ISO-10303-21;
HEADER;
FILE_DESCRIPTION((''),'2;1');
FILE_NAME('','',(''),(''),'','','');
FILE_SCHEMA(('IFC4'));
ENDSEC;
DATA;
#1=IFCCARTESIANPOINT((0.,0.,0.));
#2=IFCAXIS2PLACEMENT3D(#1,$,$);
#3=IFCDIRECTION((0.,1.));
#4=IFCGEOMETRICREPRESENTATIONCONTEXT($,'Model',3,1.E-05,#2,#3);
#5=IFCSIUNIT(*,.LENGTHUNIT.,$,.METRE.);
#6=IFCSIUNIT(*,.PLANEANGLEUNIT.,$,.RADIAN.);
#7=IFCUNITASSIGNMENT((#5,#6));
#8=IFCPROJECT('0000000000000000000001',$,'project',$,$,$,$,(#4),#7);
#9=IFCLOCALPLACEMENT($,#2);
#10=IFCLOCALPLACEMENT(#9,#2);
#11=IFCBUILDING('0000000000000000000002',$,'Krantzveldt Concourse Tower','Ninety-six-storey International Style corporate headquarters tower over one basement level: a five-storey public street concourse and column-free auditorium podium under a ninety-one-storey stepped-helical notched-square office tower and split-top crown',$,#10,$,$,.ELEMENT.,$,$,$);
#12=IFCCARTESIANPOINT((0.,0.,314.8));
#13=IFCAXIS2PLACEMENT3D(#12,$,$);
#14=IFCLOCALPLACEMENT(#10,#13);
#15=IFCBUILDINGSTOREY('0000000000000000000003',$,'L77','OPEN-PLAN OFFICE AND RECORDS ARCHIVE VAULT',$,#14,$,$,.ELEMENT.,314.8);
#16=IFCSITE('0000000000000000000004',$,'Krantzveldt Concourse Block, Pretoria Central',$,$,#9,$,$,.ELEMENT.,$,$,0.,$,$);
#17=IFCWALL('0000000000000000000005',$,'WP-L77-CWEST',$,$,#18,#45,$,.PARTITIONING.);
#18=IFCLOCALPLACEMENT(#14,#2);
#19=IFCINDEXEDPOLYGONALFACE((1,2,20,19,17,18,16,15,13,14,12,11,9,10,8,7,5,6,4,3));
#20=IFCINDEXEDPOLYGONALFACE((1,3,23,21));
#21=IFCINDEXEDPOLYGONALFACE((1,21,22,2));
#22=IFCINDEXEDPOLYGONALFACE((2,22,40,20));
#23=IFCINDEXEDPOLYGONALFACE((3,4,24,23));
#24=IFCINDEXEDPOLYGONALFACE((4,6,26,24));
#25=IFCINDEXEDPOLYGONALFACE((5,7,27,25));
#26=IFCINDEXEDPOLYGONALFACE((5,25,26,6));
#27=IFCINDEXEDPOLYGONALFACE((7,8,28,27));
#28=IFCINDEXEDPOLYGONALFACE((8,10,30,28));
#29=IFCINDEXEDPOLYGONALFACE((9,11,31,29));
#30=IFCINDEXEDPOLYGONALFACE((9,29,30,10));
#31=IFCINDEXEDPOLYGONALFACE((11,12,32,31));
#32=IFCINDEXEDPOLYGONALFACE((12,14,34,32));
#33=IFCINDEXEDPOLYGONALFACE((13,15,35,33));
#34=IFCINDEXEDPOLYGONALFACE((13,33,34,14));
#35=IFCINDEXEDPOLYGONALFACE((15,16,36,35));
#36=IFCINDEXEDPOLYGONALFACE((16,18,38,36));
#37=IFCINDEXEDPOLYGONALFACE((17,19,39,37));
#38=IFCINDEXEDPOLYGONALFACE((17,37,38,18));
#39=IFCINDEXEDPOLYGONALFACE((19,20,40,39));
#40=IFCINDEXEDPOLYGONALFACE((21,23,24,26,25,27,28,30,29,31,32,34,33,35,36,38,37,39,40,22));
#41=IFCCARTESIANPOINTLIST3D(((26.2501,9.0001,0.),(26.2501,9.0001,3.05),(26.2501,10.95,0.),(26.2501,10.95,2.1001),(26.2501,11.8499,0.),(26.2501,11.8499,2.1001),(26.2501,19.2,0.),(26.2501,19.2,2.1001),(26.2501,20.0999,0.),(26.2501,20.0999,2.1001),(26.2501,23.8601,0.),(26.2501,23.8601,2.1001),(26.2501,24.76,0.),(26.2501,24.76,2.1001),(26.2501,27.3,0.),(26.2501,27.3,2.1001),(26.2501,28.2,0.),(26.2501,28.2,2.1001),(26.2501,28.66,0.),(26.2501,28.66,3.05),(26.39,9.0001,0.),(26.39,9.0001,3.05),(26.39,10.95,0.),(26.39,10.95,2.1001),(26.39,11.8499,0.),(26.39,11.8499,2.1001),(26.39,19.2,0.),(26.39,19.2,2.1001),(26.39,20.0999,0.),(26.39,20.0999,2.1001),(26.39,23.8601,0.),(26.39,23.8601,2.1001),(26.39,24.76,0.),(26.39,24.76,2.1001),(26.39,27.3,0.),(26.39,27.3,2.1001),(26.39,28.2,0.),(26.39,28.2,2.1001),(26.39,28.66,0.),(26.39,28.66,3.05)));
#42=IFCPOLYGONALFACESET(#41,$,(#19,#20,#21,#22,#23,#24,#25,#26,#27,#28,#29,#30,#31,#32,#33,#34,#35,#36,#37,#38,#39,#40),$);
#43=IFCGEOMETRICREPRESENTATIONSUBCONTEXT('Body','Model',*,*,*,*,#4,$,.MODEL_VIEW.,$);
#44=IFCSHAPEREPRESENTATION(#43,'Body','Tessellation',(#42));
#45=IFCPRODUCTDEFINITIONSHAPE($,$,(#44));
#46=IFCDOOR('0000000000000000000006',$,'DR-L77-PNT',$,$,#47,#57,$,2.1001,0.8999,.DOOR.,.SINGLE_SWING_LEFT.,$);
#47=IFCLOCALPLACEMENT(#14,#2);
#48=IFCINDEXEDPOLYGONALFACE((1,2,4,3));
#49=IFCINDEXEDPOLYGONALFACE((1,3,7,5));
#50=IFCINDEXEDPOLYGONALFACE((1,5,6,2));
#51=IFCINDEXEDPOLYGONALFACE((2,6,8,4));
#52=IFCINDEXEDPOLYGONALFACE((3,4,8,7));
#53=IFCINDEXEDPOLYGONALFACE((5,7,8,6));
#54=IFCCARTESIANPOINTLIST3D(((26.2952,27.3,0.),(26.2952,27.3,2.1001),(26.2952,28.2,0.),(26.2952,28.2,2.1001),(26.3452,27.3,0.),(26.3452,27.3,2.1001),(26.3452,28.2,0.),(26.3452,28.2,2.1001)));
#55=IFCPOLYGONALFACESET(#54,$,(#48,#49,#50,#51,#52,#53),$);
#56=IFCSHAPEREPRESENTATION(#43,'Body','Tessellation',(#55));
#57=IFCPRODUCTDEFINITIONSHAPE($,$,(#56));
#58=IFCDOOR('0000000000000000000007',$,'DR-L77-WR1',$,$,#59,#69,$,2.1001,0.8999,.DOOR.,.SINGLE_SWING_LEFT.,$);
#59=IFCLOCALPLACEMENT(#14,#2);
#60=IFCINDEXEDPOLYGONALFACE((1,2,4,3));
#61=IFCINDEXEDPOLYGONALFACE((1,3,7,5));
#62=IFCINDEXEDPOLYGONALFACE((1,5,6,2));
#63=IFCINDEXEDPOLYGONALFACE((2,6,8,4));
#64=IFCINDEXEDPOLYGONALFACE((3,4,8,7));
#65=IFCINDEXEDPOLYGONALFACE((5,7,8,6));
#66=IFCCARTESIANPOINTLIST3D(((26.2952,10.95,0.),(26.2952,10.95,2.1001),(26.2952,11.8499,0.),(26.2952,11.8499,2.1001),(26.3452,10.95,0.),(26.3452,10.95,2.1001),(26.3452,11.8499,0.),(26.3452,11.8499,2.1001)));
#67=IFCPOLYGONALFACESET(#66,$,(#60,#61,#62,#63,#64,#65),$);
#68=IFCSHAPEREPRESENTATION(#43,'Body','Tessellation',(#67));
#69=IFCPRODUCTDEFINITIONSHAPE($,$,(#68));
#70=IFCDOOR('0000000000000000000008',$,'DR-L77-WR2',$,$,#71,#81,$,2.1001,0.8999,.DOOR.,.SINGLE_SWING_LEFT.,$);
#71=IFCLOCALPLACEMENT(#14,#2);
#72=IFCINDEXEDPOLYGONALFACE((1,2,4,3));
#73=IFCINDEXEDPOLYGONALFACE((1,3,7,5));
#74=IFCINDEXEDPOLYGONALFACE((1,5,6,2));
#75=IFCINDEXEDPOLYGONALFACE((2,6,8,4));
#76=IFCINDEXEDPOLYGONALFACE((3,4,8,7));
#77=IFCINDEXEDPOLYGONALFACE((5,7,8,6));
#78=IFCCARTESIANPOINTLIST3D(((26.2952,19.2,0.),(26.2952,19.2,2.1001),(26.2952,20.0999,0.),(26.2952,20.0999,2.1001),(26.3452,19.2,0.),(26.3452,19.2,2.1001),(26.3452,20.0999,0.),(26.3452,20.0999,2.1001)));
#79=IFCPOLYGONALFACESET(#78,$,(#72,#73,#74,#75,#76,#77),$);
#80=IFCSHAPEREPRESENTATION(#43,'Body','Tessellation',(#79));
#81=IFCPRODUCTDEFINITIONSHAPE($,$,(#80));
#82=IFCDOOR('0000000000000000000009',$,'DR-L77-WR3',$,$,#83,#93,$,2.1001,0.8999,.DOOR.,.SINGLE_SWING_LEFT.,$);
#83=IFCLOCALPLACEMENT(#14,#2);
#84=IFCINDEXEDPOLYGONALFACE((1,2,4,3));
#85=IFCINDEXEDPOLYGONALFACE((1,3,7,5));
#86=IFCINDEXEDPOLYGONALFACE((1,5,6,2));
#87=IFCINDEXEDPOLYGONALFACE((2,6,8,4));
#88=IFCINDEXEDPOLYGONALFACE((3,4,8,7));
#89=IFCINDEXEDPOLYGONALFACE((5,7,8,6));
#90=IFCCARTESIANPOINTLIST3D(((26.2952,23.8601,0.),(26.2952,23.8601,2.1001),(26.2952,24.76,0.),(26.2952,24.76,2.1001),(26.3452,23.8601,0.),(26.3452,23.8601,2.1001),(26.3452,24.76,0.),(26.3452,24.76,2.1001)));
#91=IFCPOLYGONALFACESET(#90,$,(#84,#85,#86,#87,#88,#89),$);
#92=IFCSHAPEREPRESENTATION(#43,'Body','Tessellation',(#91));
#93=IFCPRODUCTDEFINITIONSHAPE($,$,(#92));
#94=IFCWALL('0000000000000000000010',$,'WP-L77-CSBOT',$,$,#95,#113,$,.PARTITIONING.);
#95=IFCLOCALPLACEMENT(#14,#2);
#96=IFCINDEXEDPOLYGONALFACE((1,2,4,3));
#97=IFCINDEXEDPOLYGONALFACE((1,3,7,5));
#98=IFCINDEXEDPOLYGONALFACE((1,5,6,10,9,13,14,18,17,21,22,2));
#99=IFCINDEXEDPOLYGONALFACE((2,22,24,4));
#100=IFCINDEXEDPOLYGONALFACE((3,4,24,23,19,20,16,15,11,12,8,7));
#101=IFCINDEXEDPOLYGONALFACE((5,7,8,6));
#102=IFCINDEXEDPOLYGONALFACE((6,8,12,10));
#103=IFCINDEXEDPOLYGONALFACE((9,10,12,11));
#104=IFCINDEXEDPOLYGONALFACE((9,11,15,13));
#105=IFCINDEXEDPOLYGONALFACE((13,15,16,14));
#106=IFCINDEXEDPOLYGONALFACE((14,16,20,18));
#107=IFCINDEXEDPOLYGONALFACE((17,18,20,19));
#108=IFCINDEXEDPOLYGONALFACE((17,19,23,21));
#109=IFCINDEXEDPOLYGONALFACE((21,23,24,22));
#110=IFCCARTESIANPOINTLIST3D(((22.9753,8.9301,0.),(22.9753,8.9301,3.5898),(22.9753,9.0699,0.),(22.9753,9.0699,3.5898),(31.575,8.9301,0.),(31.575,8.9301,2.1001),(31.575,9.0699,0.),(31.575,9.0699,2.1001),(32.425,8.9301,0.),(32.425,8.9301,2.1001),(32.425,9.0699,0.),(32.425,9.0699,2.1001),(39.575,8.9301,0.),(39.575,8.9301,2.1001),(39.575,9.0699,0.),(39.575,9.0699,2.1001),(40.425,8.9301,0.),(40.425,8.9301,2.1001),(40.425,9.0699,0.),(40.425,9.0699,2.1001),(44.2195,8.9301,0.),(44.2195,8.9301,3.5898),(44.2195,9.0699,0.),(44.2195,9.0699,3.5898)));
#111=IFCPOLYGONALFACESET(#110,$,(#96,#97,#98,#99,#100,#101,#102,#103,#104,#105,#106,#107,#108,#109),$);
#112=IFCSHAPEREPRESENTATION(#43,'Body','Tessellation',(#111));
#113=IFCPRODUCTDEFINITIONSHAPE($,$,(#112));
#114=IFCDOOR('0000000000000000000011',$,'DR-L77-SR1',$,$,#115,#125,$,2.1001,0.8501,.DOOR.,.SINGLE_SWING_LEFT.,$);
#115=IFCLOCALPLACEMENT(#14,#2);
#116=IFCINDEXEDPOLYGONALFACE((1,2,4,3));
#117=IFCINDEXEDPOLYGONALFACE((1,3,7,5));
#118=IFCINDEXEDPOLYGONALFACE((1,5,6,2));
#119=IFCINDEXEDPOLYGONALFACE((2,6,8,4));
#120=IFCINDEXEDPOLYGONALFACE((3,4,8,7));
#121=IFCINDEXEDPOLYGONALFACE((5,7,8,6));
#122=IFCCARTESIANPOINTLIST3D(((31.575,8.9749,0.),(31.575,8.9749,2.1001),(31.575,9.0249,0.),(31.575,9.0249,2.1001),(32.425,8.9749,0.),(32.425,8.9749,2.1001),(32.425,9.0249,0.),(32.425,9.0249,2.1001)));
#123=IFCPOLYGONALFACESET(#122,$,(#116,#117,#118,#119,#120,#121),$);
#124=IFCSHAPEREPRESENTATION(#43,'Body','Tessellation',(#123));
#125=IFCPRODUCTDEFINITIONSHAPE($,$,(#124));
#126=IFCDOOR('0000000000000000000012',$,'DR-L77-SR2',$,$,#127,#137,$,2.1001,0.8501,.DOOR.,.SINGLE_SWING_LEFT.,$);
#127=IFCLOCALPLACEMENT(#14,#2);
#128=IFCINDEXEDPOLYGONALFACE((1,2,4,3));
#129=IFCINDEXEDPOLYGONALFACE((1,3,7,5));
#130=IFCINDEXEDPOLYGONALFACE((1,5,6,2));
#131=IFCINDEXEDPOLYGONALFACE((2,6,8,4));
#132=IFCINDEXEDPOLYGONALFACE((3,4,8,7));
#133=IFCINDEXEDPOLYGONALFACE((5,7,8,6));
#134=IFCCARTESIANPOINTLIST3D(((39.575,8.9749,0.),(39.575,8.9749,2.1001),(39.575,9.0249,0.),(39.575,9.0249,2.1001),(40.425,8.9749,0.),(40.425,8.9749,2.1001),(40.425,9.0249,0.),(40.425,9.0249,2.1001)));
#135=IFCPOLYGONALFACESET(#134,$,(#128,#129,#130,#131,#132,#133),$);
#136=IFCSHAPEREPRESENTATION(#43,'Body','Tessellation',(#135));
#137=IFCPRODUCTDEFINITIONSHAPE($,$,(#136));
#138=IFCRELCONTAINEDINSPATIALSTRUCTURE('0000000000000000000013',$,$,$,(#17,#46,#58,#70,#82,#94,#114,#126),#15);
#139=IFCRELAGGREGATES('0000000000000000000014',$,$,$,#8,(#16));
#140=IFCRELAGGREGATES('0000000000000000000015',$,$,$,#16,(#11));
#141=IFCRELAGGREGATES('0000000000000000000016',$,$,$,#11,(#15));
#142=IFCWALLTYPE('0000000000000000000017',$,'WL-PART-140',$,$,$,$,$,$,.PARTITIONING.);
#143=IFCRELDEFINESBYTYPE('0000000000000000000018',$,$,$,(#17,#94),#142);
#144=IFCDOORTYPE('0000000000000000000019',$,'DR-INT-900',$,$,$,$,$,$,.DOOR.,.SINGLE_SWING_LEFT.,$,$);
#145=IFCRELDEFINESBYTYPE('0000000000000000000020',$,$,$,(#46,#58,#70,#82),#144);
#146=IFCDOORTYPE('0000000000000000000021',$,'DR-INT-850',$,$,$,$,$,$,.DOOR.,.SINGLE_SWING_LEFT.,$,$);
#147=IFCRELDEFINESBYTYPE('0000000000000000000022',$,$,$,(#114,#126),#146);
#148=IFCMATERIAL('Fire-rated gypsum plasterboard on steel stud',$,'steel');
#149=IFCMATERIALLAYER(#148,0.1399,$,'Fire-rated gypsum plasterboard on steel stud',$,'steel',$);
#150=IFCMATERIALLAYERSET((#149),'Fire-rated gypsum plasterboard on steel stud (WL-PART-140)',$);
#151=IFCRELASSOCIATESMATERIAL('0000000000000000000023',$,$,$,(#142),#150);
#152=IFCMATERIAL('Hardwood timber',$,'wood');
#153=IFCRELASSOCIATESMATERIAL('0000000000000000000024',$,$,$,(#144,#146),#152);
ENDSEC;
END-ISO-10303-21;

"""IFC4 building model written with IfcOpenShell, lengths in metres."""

from ifc_helpers import new_model, si_unit, direction, frame, frame_2d, origin, place, context, subcontext, project, spatial, rectangle, extrude, material, layer, layer_set, type_object, element, fill, save


model = new_model("IFC4")

# Units and contexts
model_context = context("Model", 3, precision=1e-05, world=origin(), true_north=direction((0.0, 1.0)))
body_context = subcontext(model_context, "Body", "Model", "MODEL_VIEW")
ifc_project = project(units=[si_unit("LENGTHUNIT", "METRE"), si_unit("PLANEANGLEUNIT", "RADIAN")], contexts=[model_context])

# Site, building, storey
site_placement = place(None, origin())
site = spatial("IfcSite", under=ifc_project, at=site_placement, Name="Krantzveldt Concourse Block, Pretoria Central", CompositionType="ELEMENT", RefElevation=0.0)
building_placement = place(site_placement, origin())
building = spatial("IfcBuilding", under=site, at=building_placement, Name="Krantzveldt Concourse Tower", Description="Ninety-six-storey International Style corporate headquarters tower over one basement level: a five-storey public street concourse and column-free auditorium podium under a ninety-one-storey stepped-helical notched-square office tower and split-top crown", CompositionType="ELEMENT")
storey_placement = place(building_placement, frame((0.0, 0.0, 314.8)))
storey = spatial("IfcBuildingStorey", under=building, at=storey_placement, Name="L77", Description="OPEN-PLAN OFFICE AND RECORDS ARCHIVE VAULT", CompositionType="ELEMENT", Elevation=314.8)

# Shared definitions
ifc_material_1 = material(Name="Fire-rated gypsum plasterboard on steel stud", Category="steel")

# Walls, openings, doors
ifc_layer_1 = layer(ifc_material_1, 0.1399, Name="Fire-rated gypsum plasterboard on steel stud", Category="steel")
ifc_layer_set_1 = layer_set([ifc_layer_1], Name="Fire-rated gypsum plasterboard on steel stud (WL-PART-140)")
wall_type_1 = type_object("IfcWallType", Name="WL-PART-140", PredefinedType="PARTITIONING", material=ifc_layer_set_1)
wall_1_placement = place(storey_placement, frame((26.3201, 9.0, 0.0), z_axis=(0.0, 0.0, 1.0), x_axis=(0.0, 1.0, 0.0)))
wall_1 = element("IfcWall", 1, at=wall_1_placement, inside=storey, type_object=wall_type_1, Name="WP-L77-CWEST", PredefinedType="PARTITIONING", context=body_context, shape_type="SweptSolid", body=[
    extrude(rectangle(XDim=19.6599, YDim=0.1399, at=frame_2d((9.8301, 0.0))), origin(), (0.0, 0.0, 1.0), 3.05),
])
opening_1_placement = place(wall_1_placement, frame((18.3, 0.0, 0.0)))
opening_1 = element("IfcOpeningElement", 2, at=opening_1_placement, cuts=wall_1, PredefinedType="OPENING", context=body_context, shape_type="SweptSolid", body=[
    extrude(rectangle(XDim=0.8999, YDim=2.1001, at=frame_2d((0.45, 1.05))), frame((0.0, 0.0801, 0.0), z_axis=(0.0, -1.0, 0.0), x_axis=(1.0, 0.0, 0.0)), (0.0, 0.0, 1.0), 0.1599),
])
opening_2_placement = place(wall_1_placement, frame((1.95, 0.0, 0.0)))
opening_2 = element("IfcOpeningElement", 3, at=opening_2_placement, cuts=wall_1, PredefinedType="OPENING", context=body_context, shape_type="SweptSolid", body=[
    extrude(rectangle(XDim=0.8999, YDim=2.1001, at=frame_2d((0.45, 1.05))), frame((0.0, 0.0801, 0.0), z_axis=(0.0, -1.0, 0.0), x_axis=(1.0, 0.0, 0.0)), (0.0, 0.0, 1.0), 0.1599),
])
opening_3_placement = place(wall_1_placement, frame((10.2, 0.0, 0.0)))
opening_3 = element("IfcOpeningElement", 4, at=opening_3_placement, cuts=wall_1, PredefinedType="OPENING", context=body_context, shape_type="SweptSolid", body=[
    extrude(rectangle(XDim=0.8999, YDim=2.1001, at=frame_2d((0.45, 1.05))), frame((0.0, 0.0801, 0.0), z_axis=(0.0, -1.0, 0.0), x_axis=(1.0, 0.0, 0.0)), (0.0, 0.0, 1.0), 0.1599),
])
opening_4_placement = place(wall_1_placement, frame((14.8601, 0.0, 0.0)))
opening_4 = element("IfcOpeningElement", 5, at=opening_4_placement, cuts=wall_1, PredefinedType="OPENING", context=body_context, shape_type="SweptSolid", body=[
    extrude(rectangle(XDim=0.8999, YDim=2.1001, at=frame_2d((0.45, 1.05))), frame((0.0, 0.0801, 0.0), z_axis=(0.0, -1.0, 0.0), x_axis=(1.0, 0.0, 0.0)), (0.0, 0.0, 1.0), 0.1599),
])
ifc_material_2 = material(Name="Hardwood timber", Category="wood")
door_type_1 = type_object("IfcDoorType", Name="DR-INT-900", OperationType="SINGLE_SWING_LEFT", PredefinedType="DOOR", material=ifc_material_2)
door_1_placement = place(opening_1_placement, origin())
door_1 = element("IfcDoor", 6, at=door_1_placement, inside=storey, type_object=door_type_1, Name="DR-L77-PNT", OperationType="SINGLE_SWING_LEFT", OverallHeight=2.1001, OverallWidth=0.8999, PredefinedType="DOOR", context=body_context, shape_type="SweptSolid", body=[
    extrude(rectangle(XDim=0.8999, YDim=2.1001, at=frame_2d((0.45, 1.05))), frame((0.0, 0.0249, 0.0), z_axis=(0.0, -1.0, 0.0), x_axis=(1.0, 0.0, 0.0)), (0.0, 0.0, 1.0), 0.05),
])
fill(opening_1, door_1)
door_2_placement = place(opening_2_placement, origin())
door_2 = element("IfcDoor", 7, at=door_2_placement, inside=storey, type_object=door_type_1, Name="DR-L77-WR1", OperationType="SINGLE_SWING_LEFT", OverallHeight=2.1001, OverallWidth=0.8999, PredefinedType="DOOR", context=body_context, shape_type="SweptSolid", body=[
    extrude(rectangle(XDim=0.8999, YDim=2.1001, at=frame_2d((0.45, 1.05))), frame((0.0, 0.0249, 0.0), z_axis=(0.0, -1.0, 0.0), x_axis=(1.0, 0.0, 0.0)), (0.0, 0.0, 1.0), 0.05),
])
fill(opening_2, door_2)
door_3_placement = place(opening_3_placement, origin())
door_3 = element("IfcDoor", 8, at=door_3_placement, inside=storey, type_object=door_type_1, Name="DR-L77-WR2", OperationType="SINGLE_SWING_LEFT", OverallHeight=2.1001, OverallWidth=0.8999, PredefinedType="DOOR", context=body_context, shape_type="SweptSolid", body=[
    extrude(rectangle(XDim=0.8999, YDim=2.1001, at=frame_2d((0.45, 1.05))), frame((0.0, 0.0249, 0.0), z_axis=(0.0, -1.0, 0.0), x_axis=(1.0, 0.0, 0.0)), (0.0, 0.0, 1.0), 0.05),
])
fill(opening_3, door_3)
door_4_placement = place(opening_4_placement, origin())
door_4 = element("IfcDoor", 9, at=door_4_placement, inside=storey, type_object=door_type_1, Name="DR-L77-WR3", OperationType="SINGLE_SWING_LEFT", OverallHeight=2.1001, OverallWidth=0.8999, PredefinedType="DOOR", context=body_context, shape_type="SweptSolid", body=[
    extrude(rectangle(XDim=0.8999, YDim=2.1001, at=frame_2d((0.45, 1.05))), frame((0.0, 0.0249, 0.0), z_axis=(0.0, -1.0, 0.0), x_axis=(1.0, 0.0, 0.0)), (0.0, 0.0, 1.0), 0.05),
])
fill(opening_4, door_4)
wall_2_placement = place(storey_placement, frame((22.9753, 9.0, 0.0), z_axis=(0.0, 0.0, 1.0), x_axis=(1.0, 0.0, 0.0)))
wall_2 = element("IfcWall", 10, at=wall_2_placement, inside=storey, type_object=wall_type_1, Name="WP-L77-CSBOT", PredefinedType="PARTITIONING", context=body_context, shape_type="SweptSolid", body=[
    extrude(rectangle(XDim=21.2441, YDim=0.1399, at=frame_2d((10.6221, 0.0))), origin(), (0.0, 0.0, 1.0), 3.5898),
])
opening_5_placement = place(wall_2_placement, frame((8.5996, 0.0, 0.0)))
opening_5 = element("IfcOpeningElement", 11, at=opening_5_placement, cuts=wall_2, PredefinedType="OPENING", context=body_context, shape_type="SweptSolid", body=[
    extrude(rectangle(XDim=0.8501, YDim=2.1001, at=frame_2d((0.425, 1.05))), frame((0.0, 0.0801, 0.0), z_axis=(0.0, -1.0, 0.0), x_axis=(1.0, 0.0, 0.0)), (0.0, 0.0, 1.0), 0.1599),
])
opening_6_placement = place(wall_2_placement, frame((16.5996, 0.0, 0.0)))
opening_6 = element("IfcOpeningElement", 12, at=opening_6_placement, cuts=wall_2, PredefinedType="OPENING", context=body_context, shape_type="SweptSolid", body=[
    extrude(rectangle(XDim=0.8501, YDim=2.1001, at=frame_2d((0.425, 1.05))), frame((0.0, 0.0801, 0.0), z_axis=(0.0, -1.0, 0.0), x_axis=(1.0, 0.0, 0.0)), (0.0, 0.0, 1.0), 0.1599),
])
door_type_2 = type_object("IfcDoorType", Name="DR-INT-850", OperationType="SINGLE_SWING_LEFT", PredefinedType="DOOR", material=ifc_material_2)
door_5_placement = place(opening_5_placement, origin())
door_5 = element("IfcDoor", 13, at=door_5_placement, inside=storey, type_object=door_type_2, Name="DR-L77-SR1", OperationType="SINGLE_SWING_LEFT", OverallHeight=2.1001, OverallWidth=0.8501, PredefinedType="DOOR", context=body_context, shape_type="SweptSolid", body=[
    extrude(rectangle(XDim=0.8501, YDim=2.1001, at=frame_2d((0.425, 1.05))), frame((0.0, 0.0249, 0.0), z_axis=(0.0, -1.0, 0.0), x_axis=(1.0, 0.0, 0.0)), (0.0, 0.0, 1.0), 0.05),
])
fill(opening_5, door_5)
door_6_placement = place(opening_6_placement, origin())
door_6 = element("IfcDoor", 14, at=door_6_placement, inside=storey, type_object=door_type_2, Name="DR-L77-SR2", OperationType="SINGLE_SWING_LEFT", OverallHeight=2.1001, OverallWidth=0.8501, PredefinedType="DOOR", context=body_context, shape_type="SweptSolid", body=[
    extrude(rectangle(XDim=0.8501, YDim=2.1001, at=frame_2d((0.425, 1.05))), frame((0.0, 0.0249, 0.0), z_axis=(0.0, -1.0, 0.0), x_axis=(1.0, 0.0, 0.0)), (0.0, 0.0, 1.0), 0.05),
])
fill(opening_6, door_6)

save(model, "model.ifc")
